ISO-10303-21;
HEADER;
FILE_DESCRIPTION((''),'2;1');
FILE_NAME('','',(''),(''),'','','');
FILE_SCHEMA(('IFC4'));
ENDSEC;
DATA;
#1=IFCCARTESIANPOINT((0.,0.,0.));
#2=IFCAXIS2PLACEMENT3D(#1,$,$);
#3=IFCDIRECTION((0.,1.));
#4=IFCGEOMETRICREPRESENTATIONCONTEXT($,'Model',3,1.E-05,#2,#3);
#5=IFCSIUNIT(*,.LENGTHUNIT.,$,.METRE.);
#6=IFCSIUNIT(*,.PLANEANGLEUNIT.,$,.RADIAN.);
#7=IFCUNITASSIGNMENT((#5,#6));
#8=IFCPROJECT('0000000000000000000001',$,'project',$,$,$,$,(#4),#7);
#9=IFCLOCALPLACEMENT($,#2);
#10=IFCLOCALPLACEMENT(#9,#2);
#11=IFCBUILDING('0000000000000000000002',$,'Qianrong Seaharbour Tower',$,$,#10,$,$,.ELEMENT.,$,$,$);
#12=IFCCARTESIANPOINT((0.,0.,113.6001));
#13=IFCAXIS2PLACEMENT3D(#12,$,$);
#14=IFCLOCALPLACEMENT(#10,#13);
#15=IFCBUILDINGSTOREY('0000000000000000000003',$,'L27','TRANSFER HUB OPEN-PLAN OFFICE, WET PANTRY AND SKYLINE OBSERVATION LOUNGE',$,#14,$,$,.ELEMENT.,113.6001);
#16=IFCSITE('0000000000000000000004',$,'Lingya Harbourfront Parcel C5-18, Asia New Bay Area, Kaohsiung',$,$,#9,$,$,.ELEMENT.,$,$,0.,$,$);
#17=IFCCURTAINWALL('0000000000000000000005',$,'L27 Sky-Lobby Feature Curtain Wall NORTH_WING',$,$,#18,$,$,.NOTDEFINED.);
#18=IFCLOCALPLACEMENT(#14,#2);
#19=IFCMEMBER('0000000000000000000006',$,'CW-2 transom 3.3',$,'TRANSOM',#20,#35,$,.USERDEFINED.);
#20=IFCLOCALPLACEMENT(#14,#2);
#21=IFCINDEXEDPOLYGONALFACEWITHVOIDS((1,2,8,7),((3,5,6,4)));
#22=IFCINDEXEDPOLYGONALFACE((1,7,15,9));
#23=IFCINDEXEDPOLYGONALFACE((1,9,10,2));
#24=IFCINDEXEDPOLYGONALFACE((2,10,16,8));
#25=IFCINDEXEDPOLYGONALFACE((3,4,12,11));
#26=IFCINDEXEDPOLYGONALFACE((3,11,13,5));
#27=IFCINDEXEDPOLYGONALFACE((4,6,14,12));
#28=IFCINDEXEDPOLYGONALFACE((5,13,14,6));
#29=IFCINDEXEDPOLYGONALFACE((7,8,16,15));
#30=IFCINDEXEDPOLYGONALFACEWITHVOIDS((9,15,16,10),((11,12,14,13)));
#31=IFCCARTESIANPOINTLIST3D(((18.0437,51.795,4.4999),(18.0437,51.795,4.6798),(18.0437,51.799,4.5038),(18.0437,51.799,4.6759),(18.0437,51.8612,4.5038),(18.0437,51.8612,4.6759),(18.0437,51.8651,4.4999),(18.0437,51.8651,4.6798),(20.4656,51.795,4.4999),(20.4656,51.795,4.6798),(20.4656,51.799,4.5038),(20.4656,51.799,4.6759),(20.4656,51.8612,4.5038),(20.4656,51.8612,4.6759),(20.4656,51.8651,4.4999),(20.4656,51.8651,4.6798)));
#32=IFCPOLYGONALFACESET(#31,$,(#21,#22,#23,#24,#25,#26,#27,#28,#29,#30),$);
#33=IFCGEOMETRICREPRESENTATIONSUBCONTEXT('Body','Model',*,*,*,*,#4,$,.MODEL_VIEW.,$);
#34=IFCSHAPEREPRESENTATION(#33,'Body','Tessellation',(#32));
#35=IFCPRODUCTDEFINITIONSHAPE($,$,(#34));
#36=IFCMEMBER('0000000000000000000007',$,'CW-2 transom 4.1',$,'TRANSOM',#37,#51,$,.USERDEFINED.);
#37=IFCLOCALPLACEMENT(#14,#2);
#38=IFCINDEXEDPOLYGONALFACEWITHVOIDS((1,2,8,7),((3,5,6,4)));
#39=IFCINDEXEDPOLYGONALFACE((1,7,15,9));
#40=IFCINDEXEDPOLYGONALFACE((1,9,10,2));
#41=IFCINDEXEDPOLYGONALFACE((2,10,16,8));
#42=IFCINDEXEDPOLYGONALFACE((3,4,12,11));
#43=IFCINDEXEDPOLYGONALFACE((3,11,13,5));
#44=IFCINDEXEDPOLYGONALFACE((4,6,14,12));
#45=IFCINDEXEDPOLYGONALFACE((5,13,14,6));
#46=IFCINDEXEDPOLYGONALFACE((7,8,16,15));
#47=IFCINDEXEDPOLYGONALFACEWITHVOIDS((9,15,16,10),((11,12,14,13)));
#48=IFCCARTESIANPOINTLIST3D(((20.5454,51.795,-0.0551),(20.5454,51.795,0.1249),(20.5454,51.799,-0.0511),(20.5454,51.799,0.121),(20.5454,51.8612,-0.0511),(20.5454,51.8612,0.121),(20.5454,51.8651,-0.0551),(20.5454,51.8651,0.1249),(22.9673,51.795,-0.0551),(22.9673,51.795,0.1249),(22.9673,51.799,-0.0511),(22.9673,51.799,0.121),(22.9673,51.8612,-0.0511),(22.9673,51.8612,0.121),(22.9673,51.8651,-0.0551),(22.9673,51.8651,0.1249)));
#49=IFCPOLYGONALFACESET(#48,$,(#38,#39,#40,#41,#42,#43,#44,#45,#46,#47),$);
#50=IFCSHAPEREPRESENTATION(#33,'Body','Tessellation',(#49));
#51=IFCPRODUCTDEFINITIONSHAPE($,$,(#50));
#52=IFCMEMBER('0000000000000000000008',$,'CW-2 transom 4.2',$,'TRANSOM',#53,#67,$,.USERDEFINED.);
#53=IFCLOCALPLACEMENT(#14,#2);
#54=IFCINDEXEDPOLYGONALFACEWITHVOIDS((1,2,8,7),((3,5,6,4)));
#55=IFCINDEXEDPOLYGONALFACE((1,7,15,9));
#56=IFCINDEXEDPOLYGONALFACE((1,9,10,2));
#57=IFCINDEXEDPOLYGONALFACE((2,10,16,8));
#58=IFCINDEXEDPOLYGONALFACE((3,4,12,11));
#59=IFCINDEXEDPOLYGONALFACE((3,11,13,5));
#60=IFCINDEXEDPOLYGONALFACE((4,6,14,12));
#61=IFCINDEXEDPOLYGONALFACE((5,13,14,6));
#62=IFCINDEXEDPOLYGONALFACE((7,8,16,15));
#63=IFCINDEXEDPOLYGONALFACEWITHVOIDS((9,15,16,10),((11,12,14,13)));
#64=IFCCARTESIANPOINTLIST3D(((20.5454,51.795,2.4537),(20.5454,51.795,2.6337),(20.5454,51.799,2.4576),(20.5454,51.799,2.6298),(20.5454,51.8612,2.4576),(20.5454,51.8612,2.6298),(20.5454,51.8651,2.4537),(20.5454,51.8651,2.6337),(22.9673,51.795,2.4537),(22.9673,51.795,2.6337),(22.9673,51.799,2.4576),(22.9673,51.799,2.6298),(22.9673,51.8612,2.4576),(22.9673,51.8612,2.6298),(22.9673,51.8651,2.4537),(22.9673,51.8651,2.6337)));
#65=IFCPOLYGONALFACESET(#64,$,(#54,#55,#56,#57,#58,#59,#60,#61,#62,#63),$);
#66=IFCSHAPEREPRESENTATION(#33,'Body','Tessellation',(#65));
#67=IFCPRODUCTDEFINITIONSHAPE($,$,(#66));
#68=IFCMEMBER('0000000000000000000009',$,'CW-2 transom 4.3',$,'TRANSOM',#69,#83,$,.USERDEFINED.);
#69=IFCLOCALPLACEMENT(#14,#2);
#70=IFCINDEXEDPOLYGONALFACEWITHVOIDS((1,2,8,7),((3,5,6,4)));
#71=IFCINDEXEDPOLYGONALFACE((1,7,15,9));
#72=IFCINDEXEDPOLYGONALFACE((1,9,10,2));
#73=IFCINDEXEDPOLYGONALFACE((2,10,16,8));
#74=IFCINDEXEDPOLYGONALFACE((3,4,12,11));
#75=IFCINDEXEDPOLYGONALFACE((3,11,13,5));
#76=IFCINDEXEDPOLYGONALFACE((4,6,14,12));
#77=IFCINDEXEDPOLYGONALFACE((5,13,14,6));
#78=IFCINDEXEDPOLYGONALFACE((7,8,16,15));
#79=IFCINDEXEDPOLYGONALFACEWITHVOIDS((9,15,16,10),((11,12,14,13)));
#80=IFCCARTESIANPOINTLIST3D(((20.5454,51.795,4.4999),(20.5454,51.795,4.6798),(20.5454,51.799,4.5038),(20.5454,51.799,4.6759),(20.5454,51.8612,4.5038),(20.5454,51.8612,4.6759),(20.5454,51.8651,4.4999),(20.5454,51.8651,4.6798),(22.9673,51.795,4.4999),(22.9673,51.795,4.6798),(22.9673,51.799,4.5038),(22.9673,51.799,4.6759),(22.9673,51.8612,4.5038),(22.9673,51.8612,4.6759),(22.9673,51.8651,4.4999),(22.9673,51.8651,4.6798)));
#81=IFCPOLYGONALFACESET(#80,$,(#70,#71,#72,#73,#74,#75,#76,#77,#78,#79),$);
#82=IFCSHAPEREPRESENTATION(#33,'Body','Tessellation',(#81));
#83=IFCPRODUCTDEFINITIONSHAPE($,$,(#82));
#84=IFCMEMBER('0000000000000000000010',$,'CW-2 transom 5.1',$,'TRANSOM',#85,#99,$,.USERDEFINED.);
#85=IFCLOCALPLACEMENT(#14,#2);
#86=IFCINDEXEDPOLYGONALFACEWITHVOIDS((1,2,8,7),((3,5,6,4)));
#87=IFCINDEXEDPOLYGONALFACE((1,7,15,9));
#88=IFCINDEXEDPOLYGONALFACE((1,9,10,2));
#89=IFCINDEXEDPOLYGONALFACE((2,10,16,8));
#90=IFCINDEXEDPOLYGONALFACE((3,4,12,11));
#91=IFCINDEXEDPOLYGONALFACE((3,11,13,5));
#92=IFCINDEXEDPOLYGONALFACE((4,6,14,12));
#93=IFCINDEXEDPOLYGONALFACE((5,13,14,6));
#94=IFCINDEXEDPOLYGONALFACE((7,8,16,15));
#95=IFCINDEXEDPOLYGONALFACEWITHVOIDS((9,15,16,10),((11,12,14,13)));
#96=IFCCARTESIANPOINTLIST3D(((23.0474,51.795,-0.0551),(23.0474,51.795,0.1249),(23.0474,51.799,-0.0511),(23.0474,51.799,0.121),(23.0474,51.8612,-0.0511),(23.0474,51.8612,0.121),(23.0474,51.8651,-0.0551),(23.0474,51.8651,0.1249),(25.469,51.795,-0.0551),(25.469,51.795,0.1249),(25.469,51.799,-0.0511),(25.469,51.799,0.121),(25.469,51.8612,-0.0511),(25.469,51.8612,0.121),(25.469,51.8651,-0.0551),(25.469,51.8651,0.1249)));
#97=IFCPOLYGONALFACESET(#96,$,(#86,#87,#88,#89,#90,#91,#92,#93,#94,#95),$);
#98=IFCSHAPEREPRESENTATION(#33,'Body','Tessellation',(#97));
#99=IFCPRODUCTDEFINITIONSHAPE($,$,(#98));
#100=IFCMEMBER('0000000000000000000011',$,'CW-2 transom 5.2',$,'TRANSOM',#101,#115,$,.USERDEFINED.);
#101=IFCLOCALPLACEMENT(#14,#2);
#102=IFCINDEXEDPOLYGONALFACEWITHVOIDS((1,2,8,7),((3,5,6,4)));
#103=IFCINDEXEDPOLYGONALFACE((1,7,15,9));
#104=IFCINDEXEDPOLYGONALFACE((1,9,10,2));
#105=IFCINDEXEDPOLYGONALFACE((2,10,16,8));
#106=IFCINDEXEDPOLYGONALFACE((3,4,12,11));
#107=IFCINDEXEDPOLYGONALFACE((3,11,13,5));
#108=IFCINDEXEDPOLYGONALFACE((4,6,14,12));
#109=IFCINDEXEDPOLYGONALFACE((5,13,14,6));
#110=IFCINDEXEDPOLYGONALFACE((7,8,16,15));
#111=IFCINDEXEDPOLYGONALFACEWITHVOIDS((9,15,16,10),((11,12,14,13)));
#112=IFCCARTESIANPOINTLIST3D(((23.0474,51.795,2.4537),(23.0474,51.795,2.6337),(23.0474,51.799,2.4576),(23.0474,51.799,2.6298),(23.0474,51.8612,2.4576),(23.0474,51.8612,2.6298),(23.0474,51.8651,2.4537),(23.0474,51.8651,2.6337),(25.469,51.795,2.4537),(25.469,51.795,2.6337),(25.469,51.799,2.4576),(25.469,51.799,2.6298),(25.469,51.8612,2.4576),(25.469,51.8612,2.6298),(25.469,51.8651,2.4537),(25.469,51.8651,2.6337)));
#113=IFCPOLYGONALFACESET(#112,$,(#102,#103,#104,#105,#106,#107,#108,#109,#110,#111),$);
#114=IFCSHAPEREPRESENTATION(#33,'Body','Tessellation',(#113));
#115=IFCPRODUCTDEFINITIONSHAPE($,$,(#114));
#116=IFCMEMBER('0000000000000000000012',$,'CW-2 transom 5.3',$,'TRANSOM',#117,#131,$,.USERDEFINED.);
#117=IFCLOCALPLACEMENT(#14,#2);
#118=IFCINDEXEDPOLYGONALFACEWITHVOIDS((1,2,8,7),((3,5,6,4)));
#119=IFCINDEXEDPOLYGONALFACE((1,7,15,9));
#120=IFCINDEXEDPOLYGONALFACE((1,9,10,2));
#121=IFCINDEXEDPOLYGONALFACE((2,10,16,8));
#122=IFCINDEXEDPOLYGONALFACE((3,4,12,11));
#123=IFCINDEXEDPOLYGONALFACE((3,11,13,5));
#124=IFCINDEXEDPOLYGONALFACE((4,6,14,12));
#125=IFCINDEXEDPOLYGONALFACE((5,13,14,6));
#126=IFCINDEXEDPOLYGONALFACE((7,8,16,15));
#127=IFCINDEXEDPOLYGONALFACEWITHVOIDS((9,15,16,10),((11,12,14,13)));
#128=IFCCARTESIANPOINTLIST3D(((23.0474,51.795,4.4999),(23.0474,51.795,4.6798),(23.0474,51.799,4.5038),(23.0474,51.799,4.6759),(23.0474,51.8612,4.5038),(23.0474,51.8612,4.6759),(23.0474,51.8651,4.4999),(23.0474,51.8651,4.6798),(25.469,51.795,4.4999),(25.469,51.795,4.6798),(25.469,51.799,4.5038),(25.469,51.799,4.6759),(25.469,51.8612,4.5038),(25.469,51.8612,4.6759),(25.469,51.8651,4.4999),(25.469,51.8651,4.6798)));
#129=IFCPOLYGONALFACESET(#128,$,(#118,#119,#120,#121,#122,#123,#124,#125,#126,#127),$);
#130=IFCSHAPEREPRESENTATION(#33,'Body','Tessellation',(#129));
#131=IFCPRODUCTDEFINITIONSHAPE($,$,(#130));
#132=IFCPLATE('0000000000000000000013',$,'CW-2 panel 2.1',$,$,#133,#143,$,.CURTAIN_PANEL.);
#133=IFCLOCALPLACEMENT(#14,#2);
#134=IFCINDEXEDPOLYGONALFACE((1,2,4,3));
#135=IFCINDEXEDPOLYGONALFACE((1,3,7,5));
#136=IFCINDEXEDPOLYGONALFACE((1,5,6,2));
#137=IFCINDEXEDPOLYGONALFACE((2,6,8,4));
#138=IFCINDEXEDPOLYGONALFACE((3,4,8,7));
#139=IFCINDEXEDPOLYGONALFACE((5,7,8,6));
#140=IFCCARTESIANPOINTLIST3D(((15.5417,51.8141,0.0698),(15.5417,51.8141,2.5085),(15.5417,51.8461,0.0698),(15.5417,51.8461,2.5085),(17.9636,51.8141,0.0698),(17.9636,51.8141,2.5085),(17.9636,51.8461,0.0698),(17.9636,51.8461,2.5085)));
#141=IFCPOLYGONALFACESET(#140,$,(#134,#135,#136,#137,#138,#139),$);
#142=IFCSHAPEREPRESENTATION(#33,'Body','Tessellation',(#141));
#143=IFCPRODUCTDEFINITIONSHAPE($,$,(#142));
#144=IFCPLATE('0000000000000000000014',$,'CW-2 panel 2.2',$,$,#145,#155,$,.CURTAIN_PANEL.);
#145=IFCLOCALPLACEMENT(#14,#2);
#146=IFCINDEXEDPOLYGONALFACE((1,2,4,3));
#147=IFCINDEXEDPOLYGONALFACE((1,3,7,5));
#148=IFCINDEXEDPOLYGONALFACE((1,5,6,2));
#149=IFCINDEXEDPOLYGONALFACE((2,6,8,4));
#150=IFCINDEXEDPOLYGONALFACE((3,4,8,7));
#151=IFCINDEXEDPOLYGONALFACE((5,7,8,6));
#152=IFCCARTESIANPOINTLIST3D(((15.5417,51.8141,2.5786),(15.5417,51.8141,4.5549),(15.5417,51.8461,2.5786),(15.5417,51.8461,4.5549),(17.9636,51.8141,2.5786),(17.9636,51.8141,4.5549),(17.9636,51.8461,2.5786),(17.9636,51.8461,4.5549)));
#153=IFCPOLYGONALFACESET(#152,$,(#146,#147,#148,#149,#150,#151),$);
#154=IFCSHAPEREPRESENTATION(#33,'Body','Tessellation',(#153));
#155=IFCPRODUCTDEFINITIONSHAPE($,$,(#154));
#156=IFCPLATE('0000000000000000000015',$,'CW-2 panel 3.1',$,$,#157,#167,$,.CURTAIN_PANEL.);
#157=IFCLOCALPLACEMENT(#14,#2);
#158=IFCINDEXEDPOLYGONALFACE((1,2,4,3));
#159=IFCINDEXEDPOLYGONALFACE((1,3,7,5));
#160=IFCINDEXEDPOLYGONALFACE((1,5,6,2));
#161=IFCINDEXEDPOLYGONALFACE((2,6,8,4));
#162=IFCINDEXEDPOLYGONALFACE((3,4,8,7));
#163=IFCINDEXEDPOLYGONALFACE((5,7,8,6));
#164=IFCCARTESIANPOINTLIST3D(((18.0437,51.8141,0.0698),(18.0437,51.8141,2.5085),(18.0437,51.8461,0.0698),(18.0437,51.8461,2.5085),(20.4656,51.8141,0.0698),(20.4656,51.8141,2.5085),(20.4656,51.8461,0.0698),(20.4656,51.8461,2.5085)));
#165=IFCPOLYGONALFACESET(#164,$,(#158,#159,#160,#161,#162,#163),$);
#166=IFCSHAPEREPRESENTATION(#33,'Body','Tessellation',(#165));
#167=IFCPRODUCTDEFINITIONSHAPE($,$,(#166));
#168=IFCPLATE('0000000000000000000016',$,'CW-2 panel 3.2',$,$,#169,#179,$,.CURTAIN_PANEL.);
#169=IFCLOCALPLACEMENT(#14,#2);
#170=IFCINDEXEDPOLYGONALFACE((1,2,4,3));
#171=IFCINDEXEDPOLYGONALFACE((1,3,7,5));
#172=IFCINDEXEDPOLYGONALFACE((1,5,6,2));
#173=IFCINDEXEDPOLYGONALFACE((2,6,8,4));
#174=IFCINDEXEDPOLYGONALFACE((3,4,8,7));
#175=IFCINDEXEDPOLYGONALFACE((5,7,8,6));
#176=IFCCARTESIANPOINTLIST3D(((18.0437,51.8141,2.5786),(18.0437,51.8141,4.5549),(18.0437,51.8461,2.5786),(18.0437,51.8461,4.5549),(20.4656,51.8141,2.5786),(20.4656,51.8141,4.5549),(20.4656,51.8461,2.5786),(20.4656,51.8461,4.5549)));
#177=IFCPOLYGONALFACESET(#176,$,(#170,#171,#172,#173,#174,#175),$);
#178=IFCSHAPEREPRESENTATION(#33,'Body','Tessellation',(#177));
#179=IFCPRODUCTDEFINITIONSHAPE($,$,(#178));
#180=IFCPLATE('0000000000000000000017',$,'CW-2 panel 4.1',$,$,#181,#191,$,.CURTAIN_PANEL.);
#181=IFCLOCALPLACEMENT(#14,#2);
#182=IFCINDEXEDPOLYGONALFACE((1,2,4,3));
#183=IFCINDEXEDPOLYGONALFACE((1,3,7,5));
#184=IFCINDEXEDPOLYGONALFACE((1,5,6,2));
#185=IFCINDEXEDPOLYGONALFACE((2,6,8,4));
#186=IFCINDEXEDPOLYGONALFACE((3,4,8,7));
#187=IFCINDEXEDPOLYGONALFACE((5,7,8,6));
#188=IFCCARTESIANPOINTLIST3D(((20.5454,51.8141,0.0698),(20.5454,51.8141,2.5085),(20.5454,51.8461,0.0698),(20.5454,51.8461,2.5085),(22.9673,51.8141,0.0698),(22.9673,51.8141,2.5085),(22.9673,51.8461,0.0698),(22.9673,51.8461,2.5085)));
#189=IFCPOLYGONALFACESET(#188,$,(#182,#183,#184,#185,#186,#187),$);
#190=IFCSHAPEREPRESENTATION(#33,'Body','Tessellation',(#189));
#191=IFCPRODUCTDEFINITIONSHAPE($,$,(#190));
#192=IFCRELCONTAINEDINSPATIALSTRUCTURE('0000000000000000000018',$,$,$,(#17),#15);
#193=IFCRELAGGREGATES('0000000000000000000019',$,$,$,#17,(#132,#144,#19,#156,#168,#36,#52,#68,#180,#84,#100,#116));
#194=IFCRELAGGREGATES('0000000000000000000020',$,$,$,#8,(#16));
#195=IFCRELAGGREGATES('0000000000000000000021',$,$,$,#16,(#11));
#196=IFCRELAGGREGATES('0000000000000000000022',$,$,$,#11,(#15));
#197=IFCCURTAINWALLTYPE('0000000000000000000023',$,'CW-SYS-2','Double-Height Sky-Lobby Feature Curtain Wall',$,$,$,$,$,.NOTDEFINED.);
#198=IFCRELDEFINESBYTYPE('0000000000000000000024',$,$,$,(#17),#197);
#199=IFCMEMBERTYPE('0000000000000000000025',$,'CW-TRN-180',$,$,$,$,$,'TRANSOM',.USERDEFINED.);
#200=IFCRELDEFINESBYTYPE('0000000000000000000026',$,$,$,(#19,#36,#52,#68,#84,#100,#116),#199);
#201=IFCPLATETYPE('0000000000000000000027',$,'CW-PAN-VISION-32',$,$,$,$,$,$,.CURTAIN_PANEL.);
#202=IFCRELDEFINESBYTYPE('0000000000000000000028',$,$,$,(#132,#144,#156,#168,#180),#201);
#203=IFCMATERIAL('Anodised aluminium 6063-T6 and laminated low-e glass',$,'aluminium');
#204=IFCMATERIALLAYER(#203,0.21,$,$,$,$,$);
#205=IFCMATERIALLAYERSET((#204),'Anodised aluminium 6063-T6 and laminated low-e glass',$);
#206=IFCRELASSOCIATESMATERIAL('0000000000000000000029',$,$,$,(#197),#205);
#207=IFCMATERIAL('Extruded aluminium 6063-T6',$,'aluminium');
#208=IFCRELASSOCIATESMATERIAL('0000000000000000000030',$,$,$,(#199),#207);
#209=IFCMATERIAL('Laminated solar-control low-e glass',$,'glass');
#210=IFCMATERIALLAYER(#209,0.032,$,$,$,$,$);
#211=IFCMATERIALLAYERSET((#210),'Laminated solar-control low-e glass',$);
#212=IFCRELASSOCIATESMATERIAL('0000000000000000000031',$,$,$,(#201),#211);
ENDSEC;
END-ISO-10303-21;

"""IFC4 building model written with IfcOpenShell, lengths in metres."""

from ifc_helpers import new_model, si_unit, direction, frame, origin, origin_2d, place, context, subcontext, project, spatial, rectangle, hollow_rectangle, extrude, material, layer, layer_set, material_profile, profile_set, type_object, element, aggregate, save


model = new_model("IFC4")

# Units and contexts
model_context = context("Model", 3, precision=1e-05, world=origin(), true_north=direction((0.0, 1.0)))
body_context = subcontext(model_context, "Body", "Model", "MODEL_VIEW")
ifc_project = project(units=[si_unit("LENGTHUNIT", "METRE"), si_unit("PLANEANGLEUNIT", "RADIAN")], contexts=[model_context])

# Site, building, storey
site_placement = place(None, origin())
site = spatial("IfcSite", under=ifc_project, at=site_placement, Name="Lingya Harbourfront Parcel C5-18, Asia New Bay Area, Kaohsiung", CompositionType="ELEMENT", RefElevation=0.0)
building_placement = place(site_placement, origin())
building = spatial("IfcBuilding", under=site, at=building_placement, Name="Qianrong Seaharbour Tower", CompositionType="ELEMENT")
storey_placement = place(building_placement, frame((0.0, 0.0, 113.6001)))
storey = spatial("IfcBuildingStorey", under=building, at=storey_placement, Name="L27", Description="TRANSFER HUB OPEN-PLAN OFFICE, WET PANTRY AND SKYLINE OBSERVATION LOUNGE", CompositionType="ELEMENT", Elevation=113.6001)

# Curtain wall, members, plates
ifc_material_1 = material(Name="Anodised aluminium 6063-T6 and laminated low-e glass", Category="aluminium")
ifc_layer_1 = layer(ifc_material_1, 0.21)
ifc_layer_set_1 = layer_set([ifc_layer_1], Name="Anodised aluminium 6063-T6 and laminated low-e glass")
curtain_wall_type = type_object("IfcCurtainWallType", Name="CW-SYS-2", Description="Double-Height Sky-Lobby Feature Curtain Wall", PredefinedType="NOTDEFINED", material=ifc_layer_set_1)
curtain_wall_placement = place(storey_placement, origin())
curtain_wall = element("IfcCurtainWall", 1, at=curtain_wall_placement, inside=storey, type_object=curtain_wall_type, Name="L27 Sky-Lobby Feature Curtain Wall NORTH_WING", PredefinedType="NOTDEFINED")
ifc_material_2 = material(Name="Extruded aluminium 6063-T6", Category="aluminium")
ifc_material_profile_1 = material_profile(ifc_material_2, hollow_rectangle(XDim=0.0701, YDim=0.1799, WallThickness=0.0039, at=origin_2d()), Name="ALU-TRN-180x70x4")
ifc_profile_set_1 = profile_set([ifc_material_profile_1], Name="Extruded aluminium 6063-T6")
member_type_1 = type_object("IfcMemberType", Name="CW-TRN-180", ElementType="TRANSOM", PredefinedType="USERDEFINED", material=ifc_profile_set_1)
member_1_placement = place(storey_placement, frame((18.0437, 51.8301, 4.5898), z_axis=(1.0, 0.0, 0.0), x_axis=(0.0, 1.0, 0.0)))
member_1 = element("IfcMember", 2, at=member_1_placement, type_object=member_type_1, Name="CW-2 transom 3.3", ObjectType="TRANSOM", PredefinedType="USERDEFINED", context=body_context, shape_type="SweptSolid", body=[
    extrude(hollow_rectangle(XDim=0.0701, YDim=0.1799, WallThickness=0.0039, at=origin_2d()), origin(), (0.0, 0.0, 1.0), 2.4219),
])
member_2_placement = place(storey_placement, frame((20.5454, 51.8301, 0.0349), z_axis=(1.0, 0.0, 0.0), x_axis=(0.0, 1.0, 0.0)))
member_2 = element("IfcMember", 3, at=member_2_placement, type_object=member_type_1, Name="CW-2 transom 4.1", ObjectType="TRANSOM", PredefinedType="USERDEFINED", context=body_context, shape_type="SweptSolid", body=[
    extrude(hollow_rectangle(XDim=0.0701, YDim=0.1799, WallThickness=0.0039, at=origin_2d()), origin(), (0.0, 0.0, 1.0), 2.4219),
])
member_3_placement = place(storey_placement, frame((20.5454, 51.8301, 2.5437), z_axis=(1.0, 0.0, 0.0), x_axis=(0.0, 1.0, 0.0)))
member_3 = element("IfcMember", 4, at=member_3_placement, type_object=member_type_1, Name="CW-2 transom 4.2", ObjectType="TRANSOM", PredefinedType="USERDEFINED", context=body_context, shape_type="SweptSolid", body=[
    extrude(hollow_rectangle(XDim=0.0701, YDim=0.1799, WallThickness=0.0039, at=origin_2d()), origin(), (0.0, 0.0, 1.0), 2.4219),
])
member_4_placement = place(storey_placement, frame((20.5454, 51.8301, 4.5898), z_axis=(1.0, 0.0, 0.0), x_axis=(0.0, 1.0, 0.0)))
member_4 = element("IfcMember", 5, at=member_4_placement, type_object=member_type_1, Name="CW-2 transom 4.3", ObjectType="TRANSOM", PredefinedType="USERDEFINED", context=body_context, shape_type="SweptSolid", body=[
    extrude(hollow_rectangle(XDim=0.0701, YDim=0.1799, WallThickness=0.0039, at=origin_2d()), origin(), (0.0, 0.0, 1.0), 2.4219),
])
member_5_placement = place(storey_placement, frame((23.0474, 51.8301, 0.0349), z_axis=(1.0, 0.0, 0.0), x_axis=(0.0, 1.0, 0.0)))
member_5 = element("IfcMember", 6, at=member_5_placement, type_object=member_type_1, Name="CW-2 transom 5.1", ObjectType="TRANSOM", PredefinedType="USERDEFINED", context=body_context, shape_type="SweptSolid", body=[
    extrude(hollow_rectangle(XDim=0.0701, YDim=0.1799, WallThickness=0.0039, at=origin_2d()), origin(), (0.0, 0.0, 1.0), 2.4216),
])
member_6_placement = place(storey_placement, frame((23.0474, 51.8301, 2.5437), z_axis=(1.0, 0.0, 0.0), x_axis=(0.0, 1.0, 0.0)))
member_6 = element("IfcMember", 7, at=member_6_placement, type_object=member_type_1, Name="CW-2 transom 5.2", ObjectType="TRANSOM", PredefinedType="USERDEFINED", context=body_context, shape_type="SweptSolid", body=[
    extrude(hollow_rectangle(XDim=0.0701, YDim=0.1799, WallThickness=0.0039, at=origin_2d()), origin(), (0.0, 0.0, 1.0), 2.4216),
])
member_7_placement = place(storey_placement, frame((23.0474, 51.8301, 4.5898), z_axis=(1.0, 0.0, 0.0), x_axis=(0.0, 1.0, 0.0)))
member_7 = element("IfcMember", 8, at=member_7_placement, type_object=member_type_1, Name="CW-2 transom 5.3", ObjectType="TRANSOM", PredefinedType="USERDEFINED", context=body_context, shape_type="SweptSolid", body=[
    extrude(hollow_rectangle(XDim=0.0701, YDim=0.1799, WallThickness=0.0039, at=origin_2d()), origin(), (0.0, 0.0, 1.0), 2.4216),
])
ifc_material_3 = material(Name="Laminated solar-control low-e glass", Category="glass")
ifc_layer_2 = layer(ifc_material_3, 0.032)
ifc_layer_set_2 = layer_set([ifc_layer_2], Name="Laminated solar-control low-e glass")
plate_type = type_object("IfcPlateType", Name="CW-PAN-VISION-32", PredefinedType="CURTAIN_PANEL", material=ifc_layer_set_2)
plate_1_placement = place(storey_placement, frame((16.7527, 51.8301, 0.0698), z_axis=(0.0, 0.0, 1.0), x_axis=(1.0, 0.0, 0.0)))
plate_1 = element("IfcPlate", 9, at=plate_1_placement, type_object=plate_type, Name="CW-2 panel 2.1", PredefinedType="CURTAIN_PANEL", context=body_context, shape_type="SweptSolid", body=[
    extrude(rectangle(XDim=2.4219, YDim=0.032, at=origin_2d()), origin(), (0.0, 0.0, 1.0), 2.4387),
])
plate_2_placement = place(storey_placement, frame((16.7527, 51.8301, 2.5786), z_axis=(0.0, 0.0, 1.0), x_axis=(1.0, 0.0, 0.0)))
plate_2 = element("IfcPlate", 10, at=plate_2_placement, type_object=plate_type, Name="CW-2 panel 2.2", PredefinedType="CURTAIN_PANEL", context=body_context, shape_type="SweptSolid", body=[
    extrude(rectangle(XDim=2.4219, YDim=0.032, at=origin_2d()), origin(), (0.0, 0.0, 1.0), 1.9763),
])
plate_3_placement = place(storey_placement, frame((19.2546, 51.8301, 0.0698), z_axis=(0.0, 0.0, 1.0), x_axis=(1.0, 0.0, 0.0)))
plate_3 = element("IfcPlate", 11, at=plate_3_placement, type_object=plate_type, Name="CW-2 panel 3.1", PredefinedType="CURTAIN_PANEL", context=body_context, shape_type="SweptSolid", body=[
    extrude(rectangle(XDim=2.4219, YDim=0.032, at=origin_2d()), origin(), (0.0, 0.0, 1.0), 2.4387),
])
plate_4_placement = place(storey_placement, frame((19.2546, 51.8301, 2.5786), z_axis=(0.0, 0.0, 1.0), x_axis=(1.0, 0.0, 0.0)))
plate_4 = element("IfcPlate", 12, at=plate_4_placement, type_object=plate_type, Name="CW-2 panel 3.2", PredefinedType="CURTAIN_PANEL", context=body_context, shape_type="SweptSolid", body=[
    extrude(rectangle(XDim=2.4219, YDim=0.032, at=origin_2d()), origin(), (0.0, 0.0, 1.0), 1.9763),
])
plate_5_placement = place(storey_placement, frame((21.7563, 51.8301, 0.0698), z_axis=(0.0, 0.0, 1.0), x_axis=(1.0, 0.0, 0.0)))
plate_5 = element("IfcPlate", 13, at=plate_5_placement, type_object=plate_type, Name="CW-2 panel 4.1", PredefinedType="CURTAIN_PANEL", context=body_context, shape_type="SweptSolid", body=[
    extrude(rectangle(XDim=2.4219, YDim=0.032, at=origin_2d()), origin(), (0.0, 0.0, 1.0), 2.4387),
])
aggregate(curtain_wall, [plate_1, plate_2, member_1, plate_3, plate_4, member_2, member_3, member_4, plate_5, member_5, member_6, member_7])

save(model, "model.ifc")
